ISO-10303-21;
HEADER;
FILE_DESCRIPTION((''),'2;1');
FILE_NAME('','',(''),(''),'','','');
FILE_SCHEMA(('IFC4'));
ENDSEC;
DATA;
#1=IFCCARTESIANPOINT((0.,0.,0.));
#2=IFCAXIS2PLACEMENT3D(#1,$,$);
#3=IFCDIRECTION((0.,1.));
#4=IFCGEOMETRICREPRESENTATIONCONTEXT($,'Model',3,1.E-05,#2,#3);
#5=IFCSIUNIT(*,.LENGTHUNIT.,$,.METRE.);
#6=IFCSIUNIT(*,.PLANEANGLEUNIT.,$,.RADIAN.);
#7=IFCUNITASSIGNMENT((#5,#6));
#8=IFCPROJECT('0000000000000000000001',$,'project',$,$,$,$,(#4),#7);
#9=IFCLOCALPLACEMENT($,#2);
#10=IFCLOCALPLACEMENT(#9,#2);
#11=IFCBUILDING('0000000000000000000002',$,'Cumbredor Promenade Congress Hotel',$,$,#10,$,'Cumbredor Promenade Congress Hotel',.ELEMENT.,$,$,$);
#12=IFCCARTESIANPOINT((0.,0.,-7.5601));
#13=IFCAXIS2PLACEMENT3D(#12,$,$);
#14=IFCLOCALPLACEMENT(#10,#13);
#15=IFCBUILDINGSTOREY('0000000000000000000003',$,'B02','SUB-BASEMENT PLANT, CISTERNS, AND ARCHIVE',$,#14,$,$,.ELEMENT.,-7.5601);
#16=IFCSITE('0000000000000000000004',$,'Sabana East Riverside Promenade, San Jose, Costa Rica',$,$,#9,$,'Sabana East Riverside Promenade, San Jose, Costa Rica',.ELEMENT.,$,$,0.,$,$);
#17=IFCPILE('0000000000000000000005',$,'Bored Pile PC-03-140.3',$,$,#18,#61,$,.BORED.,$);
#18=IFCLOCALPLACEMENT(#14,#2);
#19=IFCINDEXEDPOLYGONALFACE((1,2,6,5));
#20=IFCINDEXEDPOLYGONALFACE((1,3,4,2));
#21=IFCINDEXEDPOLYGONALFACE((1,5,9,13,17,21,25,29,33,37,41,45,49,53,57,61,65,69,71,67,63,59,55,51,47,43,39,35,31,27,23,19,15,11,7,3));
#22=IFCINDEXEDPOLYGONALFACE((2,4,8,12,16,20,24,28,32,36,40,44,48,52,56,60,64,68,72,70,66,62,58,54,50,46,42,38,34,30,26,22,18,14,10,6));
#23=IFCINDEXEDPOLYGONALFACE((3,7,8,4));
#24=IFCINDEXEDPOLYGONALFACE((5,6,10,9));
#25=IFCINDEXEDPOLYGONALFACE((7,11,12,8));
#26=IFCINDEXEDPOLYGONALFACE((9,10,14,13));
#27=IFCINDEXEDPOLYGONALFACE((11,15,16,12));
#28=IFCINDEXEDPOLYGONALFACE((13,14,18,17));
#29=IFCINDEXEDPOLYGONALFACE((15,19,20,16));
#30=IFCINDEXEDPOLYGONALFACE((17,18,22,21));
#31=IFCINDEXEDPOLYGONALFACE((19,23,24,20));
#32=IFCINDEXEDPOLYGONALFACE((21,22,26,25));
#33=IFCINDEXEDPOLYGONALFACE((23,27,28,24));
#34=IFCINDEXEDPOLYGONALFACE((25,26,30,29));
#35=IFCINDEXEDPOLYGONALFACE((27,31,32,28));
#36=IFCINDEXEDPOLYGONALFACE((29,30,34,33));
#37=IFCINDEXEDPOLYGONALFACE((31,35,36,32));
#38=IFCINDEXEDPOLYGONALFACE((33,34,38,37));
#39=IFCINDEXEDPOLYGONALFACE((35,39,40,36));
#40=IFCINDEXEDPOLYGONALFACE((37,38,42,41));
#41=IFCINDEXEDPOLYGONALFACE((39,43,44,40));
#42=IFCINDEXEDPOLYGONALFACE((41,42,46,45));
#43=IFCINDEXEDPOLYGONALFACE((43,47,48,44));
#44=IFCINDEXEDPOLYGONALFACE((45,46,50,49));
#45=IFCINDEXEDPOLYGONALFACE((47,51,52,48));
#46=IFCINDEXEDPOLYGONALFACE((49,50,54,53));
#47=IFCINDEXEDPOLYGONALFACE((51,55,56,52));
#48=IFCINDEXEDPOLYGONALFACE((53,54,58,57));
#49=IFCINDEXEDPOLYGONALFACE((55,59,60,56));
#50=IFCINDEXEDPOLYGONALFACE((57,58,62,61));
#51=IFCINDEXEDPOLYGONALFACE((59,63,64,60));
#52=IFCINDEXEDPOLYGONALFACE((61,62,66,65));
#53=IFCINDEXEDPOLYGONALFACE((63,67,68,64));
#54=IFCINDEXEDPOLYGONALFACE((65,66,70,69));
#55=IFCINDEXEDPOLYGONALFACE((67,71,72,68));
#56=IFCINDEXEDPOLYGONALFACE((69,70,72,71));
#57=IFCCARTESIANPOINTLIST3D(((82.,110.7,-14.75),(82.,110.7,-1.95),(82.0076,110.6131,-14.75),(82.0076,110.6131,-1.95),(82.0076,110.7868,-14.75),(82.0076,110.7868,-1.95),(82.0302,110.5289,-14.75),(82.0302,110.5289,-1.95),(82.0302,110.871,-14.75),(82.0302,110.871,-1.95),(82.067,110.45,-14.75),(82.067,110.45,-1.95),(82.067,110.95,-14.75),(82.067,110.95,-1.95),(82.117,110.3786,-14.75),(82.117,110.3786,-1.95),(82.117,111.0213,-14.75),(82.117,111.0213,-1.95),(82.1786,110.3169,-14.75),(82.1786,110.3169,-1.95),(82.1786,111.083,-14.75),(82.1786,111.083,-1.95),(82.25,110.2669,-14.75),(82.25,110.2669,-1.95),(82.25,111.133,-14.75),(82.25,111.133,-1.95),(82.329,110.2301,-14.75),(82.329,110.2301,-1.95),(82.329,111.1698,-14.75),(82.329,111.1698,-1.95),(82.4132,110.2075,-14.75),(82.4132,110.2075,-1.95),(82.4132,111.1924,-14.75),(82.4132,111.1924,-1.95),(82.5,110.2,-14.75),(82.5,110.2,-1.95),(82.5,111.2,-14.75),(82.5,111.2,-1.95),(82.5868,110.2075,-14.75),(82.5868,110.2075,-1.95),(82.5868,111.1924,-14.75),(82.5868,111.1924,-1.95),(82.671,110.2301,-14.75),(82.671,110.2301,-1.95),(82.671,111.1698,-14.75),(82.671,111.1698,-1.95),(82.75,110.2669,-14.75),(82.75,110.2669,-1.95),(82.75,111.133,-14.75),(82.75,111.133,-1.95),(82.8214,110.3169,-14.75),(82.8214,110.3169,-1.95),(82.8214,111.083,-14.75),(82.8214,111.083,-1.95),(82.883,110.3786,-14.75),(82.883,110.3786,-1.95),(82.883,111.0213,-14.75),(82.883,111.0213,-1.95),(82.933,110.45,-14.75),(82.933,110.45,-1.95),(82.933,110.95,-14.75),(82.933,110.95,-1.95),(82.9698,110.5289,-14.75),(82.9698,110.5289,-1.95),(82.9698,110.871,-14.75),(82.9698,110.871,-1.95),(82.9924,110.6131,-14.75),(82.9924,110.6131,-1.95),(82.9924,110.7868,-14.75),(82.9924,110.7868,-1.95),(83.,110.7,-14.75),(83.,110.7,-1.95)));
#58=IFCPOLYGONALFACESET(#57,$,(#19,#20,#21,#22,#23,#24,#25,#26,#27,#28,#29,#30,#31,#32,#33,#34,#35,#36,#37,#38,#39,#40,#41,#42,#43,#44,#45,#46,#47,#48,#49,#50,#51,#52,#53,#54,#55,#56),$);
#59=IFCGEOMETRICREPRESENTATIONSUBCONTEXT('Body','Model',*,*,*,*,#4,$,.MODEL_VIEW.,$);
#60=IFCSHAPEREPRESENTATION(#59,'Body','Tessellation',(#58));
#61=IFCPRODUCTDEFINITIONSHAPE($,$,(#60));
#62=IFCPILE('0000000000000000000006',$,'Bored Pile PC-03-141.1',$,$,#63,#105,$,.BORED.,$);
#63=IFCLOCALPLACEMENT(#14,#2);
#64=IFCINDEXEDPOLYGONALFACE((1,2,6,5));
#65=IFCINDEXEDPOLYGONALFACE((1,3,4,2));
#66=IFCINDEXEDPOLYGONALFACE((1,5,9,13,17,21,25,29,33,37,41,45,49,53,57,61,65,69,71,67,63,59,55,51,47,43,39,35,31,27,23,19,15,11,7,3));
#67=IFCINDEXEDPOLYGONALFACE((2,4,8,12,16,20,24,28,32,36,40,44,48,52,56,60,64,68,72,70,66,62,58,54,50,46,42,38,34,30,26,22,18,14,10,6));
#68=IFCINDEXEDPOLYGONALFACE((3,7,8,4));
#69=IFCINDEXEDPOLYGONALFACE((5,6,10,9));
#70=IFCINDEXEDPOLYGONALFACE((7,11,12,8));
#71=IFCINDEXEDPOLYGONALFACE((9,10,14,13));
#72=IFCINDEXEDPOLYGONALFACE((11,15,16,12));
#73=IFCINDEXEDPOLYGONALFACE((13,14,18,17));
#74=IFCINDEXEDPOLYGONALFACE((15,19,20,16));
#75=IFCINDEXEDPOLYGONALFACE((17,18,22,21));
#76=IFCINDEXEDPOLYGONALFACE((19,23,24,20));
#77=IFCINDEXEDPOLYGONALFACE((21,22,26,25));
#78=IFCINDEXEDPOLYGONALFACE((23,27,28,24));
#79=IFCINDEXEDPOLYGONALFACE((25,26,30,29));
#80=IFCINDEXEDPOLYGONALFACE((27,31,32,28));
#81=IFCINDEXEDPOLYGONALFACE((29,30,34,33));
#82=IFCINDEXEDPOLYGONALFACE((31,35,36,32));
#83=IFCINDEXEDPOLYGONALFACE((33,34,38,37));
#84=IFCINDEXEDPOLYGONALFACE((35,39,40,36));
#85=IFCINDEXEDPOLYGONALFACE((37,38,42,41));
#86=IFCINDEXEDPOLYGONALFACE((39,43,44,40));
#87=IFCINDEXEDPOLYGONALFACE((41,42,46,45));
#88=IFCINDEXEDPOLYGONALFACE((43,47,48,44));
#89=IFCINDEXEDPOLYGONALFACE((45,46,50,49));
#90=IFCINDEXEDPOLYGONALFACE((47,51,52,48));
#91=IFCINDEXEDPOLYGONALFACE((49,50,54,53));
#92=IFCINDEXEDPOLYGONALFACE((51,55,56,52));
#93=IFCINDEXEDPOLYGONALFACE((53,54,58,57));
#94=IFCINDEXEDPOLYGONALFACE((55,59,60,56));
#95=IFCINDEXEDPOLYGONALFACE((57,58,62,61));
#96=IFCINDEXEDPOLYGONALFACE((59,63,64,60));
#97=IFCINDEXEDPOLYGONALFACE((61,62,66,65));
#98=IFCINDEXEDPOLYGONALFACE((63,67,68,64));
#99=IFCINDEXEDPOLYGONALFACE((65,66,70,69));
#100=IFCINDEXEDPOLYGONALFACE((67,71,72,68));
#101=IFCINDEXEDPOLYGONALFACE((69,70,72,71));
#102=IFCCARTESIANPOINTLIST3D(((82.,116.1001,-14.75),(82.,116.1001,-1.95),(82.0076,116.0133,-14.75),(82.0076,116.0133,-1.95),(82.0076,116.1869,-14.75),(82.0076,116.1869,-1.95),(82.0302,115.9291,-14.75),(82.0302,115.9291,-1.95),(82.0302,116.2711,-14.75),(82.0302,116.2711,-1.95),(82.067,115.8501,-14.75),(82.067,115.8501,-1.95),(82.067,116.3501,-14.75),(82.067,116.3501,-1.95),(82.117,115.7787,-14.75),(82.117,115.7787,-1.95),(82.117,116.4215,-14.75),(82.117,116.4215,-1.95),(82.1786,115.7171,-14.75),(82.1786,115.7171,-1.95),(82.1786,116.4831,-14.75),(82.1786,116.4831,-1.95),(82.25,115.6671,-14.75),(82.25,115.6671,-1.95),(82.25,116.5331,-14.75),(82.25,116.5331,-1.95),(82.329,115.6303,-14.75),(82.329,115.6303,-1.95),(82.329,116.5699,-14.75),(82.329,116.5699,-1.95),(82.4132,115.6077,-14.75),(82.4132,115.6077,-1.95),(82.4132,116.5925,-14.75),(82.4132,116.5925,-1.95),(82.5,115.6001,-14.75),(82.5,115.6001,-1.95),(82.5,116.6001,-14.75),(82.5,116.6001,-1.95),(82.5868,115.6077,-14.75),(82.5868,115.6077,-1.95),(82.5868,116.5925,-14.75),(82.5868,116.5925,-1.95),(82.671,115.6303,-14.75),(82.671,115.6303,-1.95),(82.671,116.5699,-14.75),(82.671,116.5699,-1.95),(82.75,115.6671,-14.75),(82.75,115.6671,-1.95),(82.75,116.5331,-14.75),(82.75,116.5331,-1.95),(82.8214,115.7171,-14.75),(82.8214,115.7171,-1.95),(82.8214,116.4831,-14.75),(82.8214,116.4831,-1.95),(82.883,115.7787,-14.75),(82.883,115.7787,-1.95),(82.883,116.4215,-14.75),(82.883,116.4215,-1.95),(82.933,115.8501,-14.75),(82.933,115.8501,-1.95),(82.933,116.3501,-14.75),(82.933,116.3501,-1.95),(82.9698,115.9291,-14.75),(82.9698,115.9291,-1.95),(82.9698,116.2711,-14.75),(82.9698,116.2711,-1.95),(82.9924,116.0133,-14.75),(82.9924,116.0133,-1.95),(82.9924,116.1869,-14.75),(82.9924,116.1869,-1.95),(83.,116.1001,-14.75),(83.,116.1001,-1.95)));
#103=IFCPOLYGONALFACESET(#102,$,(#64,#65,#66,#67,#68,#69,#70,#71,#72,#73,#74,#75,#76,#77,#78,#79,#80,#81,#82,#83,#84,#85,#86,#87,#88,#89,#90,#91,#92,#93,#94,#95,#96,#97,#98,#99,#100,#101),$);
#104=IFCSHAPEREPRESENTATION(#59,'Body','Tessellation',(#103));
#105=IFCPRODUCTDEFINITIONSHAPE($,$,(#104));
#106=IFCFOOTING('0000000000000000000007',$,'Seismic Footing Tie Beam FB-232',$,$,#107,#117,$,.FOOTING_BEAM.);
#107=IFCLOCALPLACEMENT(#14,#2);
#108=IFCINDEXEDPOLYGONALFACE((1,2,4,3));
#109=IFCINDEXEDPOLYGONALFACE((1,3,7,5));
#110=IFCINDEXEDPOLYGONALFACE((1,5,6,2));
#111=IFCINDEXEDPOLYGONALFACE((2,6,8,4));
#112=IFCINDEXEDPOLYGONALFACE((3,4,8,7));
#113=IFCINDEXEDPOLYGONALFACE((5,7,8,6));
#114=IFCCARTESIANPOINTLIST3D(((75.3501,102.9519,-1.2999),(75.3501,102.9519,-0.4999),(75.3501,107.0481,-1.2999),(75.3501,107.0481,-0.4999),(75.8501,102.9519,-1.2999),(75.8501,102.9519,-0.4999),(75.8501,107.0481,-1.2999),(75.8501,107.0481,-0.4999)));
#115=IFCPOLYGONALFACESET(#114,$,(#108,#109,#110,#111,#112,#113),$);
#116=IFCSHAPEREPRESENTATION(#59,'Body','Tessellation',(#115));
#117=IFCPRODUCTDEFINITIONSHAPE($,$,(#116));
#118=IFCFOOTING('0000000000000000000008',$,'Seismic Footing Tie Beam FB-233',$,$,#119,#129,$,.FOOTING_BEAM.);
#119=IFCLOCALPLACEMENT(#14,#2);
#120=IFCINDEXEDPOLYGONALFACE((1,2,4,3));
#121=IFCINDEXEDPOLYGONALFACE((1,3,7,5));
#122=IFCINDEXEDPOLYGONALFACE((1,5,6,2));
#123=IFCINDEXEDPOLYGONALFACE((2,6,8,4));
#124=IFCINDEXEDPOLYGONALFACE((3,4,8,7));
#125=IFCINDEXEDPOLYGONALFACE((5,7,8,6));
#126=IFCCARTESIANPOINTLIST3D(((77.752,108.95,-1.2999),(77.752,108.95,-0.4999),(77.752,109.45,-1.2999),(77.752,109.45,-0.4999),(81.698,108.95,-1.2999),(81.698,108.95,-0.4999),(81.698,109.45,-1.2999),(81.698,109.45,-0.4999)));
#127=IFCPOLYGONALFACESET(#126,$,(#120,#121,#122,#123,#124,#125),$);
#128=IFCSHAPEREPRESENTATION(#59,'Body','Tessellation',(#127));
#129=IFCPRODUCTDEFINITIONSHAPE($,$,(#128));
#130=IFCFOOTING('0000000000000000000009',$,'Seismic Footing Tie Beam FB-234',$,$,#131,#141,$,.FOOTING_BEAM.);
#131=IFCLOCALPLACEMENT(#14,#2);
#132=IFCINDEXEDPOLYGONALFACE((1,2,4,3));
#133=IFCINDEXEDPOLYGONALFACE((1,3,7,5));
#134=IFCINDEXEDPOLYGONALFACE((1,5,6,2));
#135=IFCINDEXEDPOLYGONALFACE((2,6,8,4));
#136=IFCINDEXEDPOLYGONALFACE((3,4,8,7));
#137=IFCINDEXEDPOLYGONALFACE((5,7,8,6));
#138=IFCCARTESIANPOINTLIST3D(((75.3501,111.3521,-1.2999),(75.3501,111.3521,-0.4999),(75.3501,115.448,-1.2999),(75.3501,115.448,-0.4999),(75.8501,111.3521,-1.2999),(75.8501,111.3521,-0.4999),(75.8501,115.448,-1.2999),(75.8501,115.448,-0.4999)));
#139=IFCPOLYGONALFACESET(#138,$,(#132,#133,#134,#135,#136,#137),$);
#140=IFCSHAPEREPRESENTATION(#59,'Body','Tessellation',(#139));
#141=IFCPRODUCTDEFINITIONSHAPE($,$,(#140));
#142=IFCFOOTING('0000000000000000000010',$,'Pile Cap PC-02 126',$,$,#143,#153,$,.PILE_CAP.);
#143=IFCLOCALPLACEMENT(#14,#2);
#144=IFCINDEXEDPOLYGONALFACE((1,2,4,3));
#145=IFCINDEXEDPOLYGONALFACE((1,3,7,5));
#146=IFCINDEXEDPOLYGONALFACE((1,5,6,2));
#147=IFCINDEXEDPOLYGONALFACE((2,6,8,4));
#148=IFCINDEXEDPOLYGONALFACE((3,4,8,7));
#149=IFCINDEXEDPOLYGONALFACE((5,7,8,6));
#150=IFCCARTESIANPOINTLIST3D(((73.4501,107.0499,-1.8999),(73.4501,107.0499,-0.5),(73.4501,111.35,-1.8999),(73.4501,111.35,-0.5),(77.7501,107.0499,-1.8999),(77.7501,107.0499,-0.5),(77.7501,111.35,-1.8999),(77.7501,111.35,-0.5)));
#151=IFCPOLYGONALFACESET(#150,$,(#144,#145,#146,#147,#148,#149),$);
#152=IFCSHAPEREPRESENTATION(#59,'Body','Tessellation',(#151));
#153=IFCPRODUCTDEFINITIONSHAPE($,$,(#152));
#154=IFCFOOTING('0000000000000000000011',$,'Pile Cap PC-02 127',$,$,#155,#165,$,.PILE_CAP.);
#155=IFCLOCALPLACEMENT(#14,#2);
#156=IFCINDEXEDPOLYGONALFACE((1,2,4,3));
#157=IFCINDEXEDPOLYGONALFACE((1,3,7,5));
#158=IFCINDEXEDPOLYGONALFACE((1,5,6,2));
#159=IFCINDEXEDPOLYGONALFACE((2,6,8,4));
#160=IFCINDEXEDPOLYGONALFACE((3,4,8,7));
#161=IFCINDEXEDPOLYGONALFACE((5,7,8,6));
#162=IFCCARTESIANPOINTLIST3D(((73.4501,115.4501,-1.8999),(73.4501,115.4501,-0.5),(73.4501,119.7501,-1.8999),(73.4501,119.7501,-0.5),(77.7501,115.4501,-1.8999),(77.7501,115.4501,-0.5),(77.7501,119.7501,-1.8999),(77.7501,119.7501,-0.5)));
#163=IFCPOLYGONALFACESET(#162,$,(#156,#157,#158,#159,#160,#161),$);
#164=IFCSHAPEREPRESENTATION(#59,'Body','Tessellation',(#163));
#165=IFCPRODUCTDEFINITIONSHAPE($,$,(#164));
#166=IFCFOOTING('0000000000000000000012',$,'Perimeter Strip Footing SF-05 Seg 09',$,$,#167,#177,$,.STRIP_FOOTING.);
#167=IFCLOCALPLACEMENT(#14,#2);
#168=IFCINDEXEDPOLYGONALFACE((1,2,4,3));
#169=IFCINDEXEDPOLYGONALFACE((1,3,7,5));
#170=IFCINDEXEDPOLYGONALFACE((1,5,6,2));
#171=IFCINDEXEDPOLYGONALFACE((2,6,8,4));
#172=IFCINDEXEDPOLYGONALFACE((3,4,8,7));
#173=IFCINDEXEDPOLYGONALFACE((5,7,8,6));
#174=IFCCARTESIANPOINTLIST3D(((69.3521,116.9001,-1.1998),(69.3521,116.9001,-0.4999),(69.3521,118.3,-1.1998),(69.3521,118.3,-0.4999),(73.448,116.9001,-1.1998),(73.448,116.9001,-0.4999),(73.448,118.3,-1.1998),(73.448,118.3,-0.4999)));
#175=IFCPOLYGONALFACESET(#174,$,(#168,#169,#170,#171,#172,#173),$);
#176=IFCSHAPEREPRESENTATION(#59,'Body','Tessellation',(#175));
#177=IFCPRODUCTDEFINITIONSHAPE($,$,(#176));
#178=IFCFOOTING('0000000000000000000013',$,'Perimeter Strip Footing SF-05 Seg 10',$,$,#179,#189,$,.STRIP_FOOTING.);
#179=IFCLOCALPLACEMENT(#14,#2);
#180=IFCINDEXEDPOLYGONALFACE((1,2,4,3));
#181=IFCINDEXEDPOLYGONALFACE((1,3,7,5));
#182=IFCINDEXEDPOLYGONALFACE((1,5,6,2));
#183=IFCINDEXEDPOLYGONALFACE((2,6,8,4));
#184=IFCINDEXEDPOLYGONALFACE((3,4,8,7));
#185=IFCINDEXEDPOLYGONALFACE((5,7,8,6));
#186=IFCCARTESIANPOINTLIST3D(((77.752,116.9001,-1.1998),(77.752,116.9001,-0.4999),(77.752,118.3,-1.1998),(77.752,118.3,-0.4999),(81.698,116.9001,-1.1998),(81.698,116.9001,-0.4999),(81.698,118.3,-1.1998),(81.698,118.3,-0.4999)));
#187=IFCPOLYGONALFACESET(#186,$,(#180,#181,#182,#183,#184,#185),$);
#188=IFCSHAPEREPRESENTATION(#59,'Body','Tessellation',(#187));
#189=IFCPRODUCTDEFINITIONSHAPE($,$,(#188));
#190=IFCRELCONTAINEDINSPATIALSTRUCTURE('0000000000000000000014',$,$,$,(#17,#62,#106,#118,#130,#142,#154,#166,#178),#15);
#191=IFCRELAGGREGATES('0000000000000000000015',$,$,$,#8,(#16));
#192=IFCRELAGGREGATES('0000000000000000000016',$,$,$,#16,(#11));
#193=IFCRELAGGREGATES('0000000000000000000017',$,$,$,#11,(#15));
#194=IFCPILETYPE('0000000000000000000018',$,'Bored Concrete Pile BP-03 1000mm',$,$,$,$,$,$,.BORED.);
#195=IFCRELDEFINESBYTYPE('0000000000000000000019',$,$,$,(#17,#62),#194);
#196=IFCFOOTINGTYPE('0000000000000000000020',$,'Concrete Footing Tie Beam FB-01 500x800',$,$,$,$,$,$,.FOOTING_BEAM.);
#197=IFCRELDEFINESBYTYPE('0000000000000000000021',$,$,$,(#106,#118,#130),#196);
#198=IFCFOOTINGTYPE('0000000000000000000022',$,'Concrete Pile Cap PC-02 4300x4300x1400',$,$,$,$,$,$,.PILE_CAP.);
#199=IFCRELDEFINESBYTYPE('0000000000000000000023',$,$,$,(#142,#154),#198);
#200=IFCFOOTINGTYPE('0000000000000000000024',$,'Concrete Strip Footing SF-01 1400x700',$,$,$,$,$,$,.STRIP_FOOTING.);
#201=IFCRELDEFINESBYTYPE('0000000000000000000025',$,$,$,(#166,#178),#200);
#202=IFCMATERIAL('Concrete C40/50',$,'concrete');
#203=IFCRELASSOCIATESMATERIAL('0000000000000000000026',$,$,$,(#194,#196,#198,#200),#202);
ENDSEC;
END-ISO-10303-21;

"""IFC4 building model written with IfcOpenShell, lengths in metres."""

from ifc_helpers import new_model, si_unit, direction, frame, origin, origin_2d, place, context, subcontext, project, spatial, rectangle, circle, extrude, material, material_profile, profile_set, type_object, element, save


model = new_model("IFC4")

# Units and contexts
model_context = context("Model", 3, precision=1e-05, world=origin(), true_north=direction((0.0, 1.0)))
body_context = subcontext(model_context, "Body", "Model", "MODEL_VIEW")
ifc_project = project(units=[si_unit("LENGTHUNIT", "METRE"), si_unit("PLANEANGLEUNIT", "RADIAN")], contexts=[model_context])

# Site, building, storey
site_placement = place(None, origin())
site = spatial("IfcSite", under=ifc_project, at=site_placement, Name="Sabana East Riverside Promenade, San Jose, Costa Rica", LongName="Sabana East Riverside Promenade, San Jose, Costa Rica", CompositionType="ELEMENT", RefElevation=0.0)
building_placement = place(site_placement, origin())
building = spatial("IfcBuilding", under=site, at=building_placement, Name="Cumbredor Promenade Congress Hotel", LongName="Cumbredor Promenade Congress Hotel", CompositionType="ELEMENT")
storey_placement = place(building_placement, frame((0.0, 0.0, -7.5601)))
storey = spatial("IfcBuildingStorey", under=building, at=storey_placement, Name="B02", Description="SUB-BASEMENT PLANT, CISTERNS, AND ARCHIVE", CompositionType="ELEMENT", Elevation=-7.5601)

# Piles
ifc_material_1 = material(Name="Concrete C40/50", Category="concrete")
ifc_material_profile_1 = material_profile(ifc_material_1, circle(Radius=0.5, at=origin_2d()), Name="PILE D1000")
ifc_profile_set_1 = profile_set([ifc_material_profile_1], Name="Concrete C40/50")
pile_type_1 = type_object("IfcPileType", Name="Bored Concrete Pile BP-03 1000mm", PredefinedType="BORED", material=ifc_profile_set_1)
for number, where, z_axis, x_axis, name in (
    (1, (82.5, 110.7, -1.95), (0.0, 0.0, -1.0), (1.0, 0.0, 0.0), "Bored Pile PC-03-140.3"),
    (2, (82.5, 116.1001, -1.95), (0.0, 0.0, -1.0), (1.0, 0.0, 0.0), "Bored Pile PC-03-141.1"),
):
    element("IfcPile", number, at=place(storey_placement, frame(where, z_axis=z_axis, x_axis=x_axis)), inside=storey, type_object=pile_type_1, Name=name, PredefinedType="BORED", context=body_context, shape_type="SweptSolid", body=[
        extrude(circle(Radius=0.5, at=origin_2d()), origin(), (0.0, 0.0, 1.0), 12.8),
    ])

# Footings
ifc_material_profile_2 = material_profile(ifc_material_1, rectangle(XDim=0.5, YDim=0.8, at=origin_2d()), Name="FB 500x800")
ifc_profile_set_2 = profile_set([ifc_material_profile_2], Name="Concrete C40/50")
footing_type_1 = type_object("IfcFootingType", Name="Concrete Footing Tie Beam FB-01 500x800", PredefinedType="FOOTING_BEAM", material=ifc_profile_set_2)
footing_1_placement = place(storey_placement, frame((75.6001, 102.9519, -0.8999), z_axis=(0.0, 1.0, 0.0), x_axis=(-1.0, 0.0, 0.0)))
element("IfcFooting", 3, at=footing_1_placement, inside=storey, type_object=footing_type_1, Name="Seismic Footing Tie Beam FB-232", PredefinedType="FOOTING_BEAM", context=body_context, shape_type="SweptSolid", body=[
    extrude(rectangle(XDim=0.5, YDim=0.8, at=origin_2d()), origin(), (0.0, 0.0, 1.0), 4.0962),
])
footing_2_placement = place(storey_placement, frame((77.752, 109.2, -0.8999), z_axis=(1.0, 0.0, 0.0), x_axis=(0.0, 1.0, 0.0)))
element("IfcFooting", 4, at=footing_2_placement, inside=storey, type_object=footing_type_1, Name="Seismic Footing Tie Beam FB-233", PredefinedType="FOOTING_BEAM", context=body_context, shape_type="SweptSolid", body=[
    extrude(rectangle(XDim=0.5, YDim=0.8, at=origin_2d()), origin(), (0.0, 0.0, 1.0), 3.946),
])
footing_3_placement = place(storey_placement, frame((75.6001, 111.3521, -0.8999), z_axis=(0.0, 1.0, 0.0), x_axis=(-1.0, 0.0, 0.0)))
element("IfcFooting", 5, at=footing_3_placement, inside=storey, type_object=footing_type_1, Name="Seismic Footing Tie Beam FB-234", PredefinedType="FOOTING_BEAM", context=body_context, shape_type="SweptSolid", body=[
    extrude(rectangle(XDim=0.5, YDim=0.8, at=origin_2d()), origin(), (0.0, 0.0, 1.0), 4.0959),
])
footing_type_2 = type_object("IfcFootingType", Name="Concrete Pile Cap PC-02 4300x4300x1400", PredefinedType="PILE_CAP", material=ifc_material_1)
for number, where, z_axis, x_axis, name in (
    (6, (75.6001, 109.2, -1.8999), (0.0, 0.0, 1.0), (1.0, 0.0, 0.0), "Pile Cap PC-02 126"),
    (7, (75.6001, 117.6001, -1.8999), (0.0, 0.0, 1.0), (1.0, 0.0, 0.0), "Pile Cap PC-02 127"),
):
    element("IfcFooting", number, at=place(storey_placement, frame(where, z_axis=z_axis, x_axis=x_axis)), inside=storey, type_object=footing_type_2, Name=name, PredefinedType="PILE_CAP", context=body_context, shape_type="SweptSolid", body=[
        extrude(rectangle(XDim=4.3, YDim=4.3, at=origin_2d()), origin(), (0.0, 0.0, 1.0), 1.3999),
    ])
ifc_material_profile_3 = material_profile(ifc_material_1, rectangle(XDim=1.3999, YDim=0.7, at=origin_2d()), Name="SF 1400x700")
ifc_profile_set_3 = profile_set([ifc_material_profile_3], Name="Concrete C40/50")
footing_type_3 = type_object("IfcFootingType", Name="Concrete Strip Footing SF-01 1400x700", PredefinedType="STRIP_FOOTING", material=ifc_profile_set_3)
footing_4_placement = place(storey_placement, frame((69.3521, 117.6001, -0.8499), z_axis=(1.0, 0.0, 0.0), x_axis=(0.0, 1.0, 0.0)))
element("IfcFooting", 8, at=footing_4_placement, inside=storey, type_object=footing_type_3, Name="Perimeter Strip Footing SF-05 Seg 09", PredefinedType="STRIP_FOOTING", context=body_context, shape_type="SweptSolid", body=[
    extrude(rectangle(XDim=1.3999, YDim=0.7, at=origin_2d()), origin(), (0.0, 0.0, 1.0), 4.0959),
])
footing_5_placement = place(storey_placement, frame((77.752, 117.6001, -0.8499), z_axis=(1.0, 0.0, 0.0), x_axis=(0.0, 1.0, 0.0)))
element("IfcFooting", 9, at=footing_5_placement, inside=storey, type_object=footing_type_3, Name="Perimeter Strip Footing SF-05 Seg 10", PredefinedType="STRIP_FOOTING", context=body_context, shape_type="SweptSolid", body=[
    extrude(rectangle(XDim=1.3999, YDim=0.7, at=origin_2d()), origin(), (0.0, 0.0, 1.0), 3.946),
])

save(model, "model.ifc")
